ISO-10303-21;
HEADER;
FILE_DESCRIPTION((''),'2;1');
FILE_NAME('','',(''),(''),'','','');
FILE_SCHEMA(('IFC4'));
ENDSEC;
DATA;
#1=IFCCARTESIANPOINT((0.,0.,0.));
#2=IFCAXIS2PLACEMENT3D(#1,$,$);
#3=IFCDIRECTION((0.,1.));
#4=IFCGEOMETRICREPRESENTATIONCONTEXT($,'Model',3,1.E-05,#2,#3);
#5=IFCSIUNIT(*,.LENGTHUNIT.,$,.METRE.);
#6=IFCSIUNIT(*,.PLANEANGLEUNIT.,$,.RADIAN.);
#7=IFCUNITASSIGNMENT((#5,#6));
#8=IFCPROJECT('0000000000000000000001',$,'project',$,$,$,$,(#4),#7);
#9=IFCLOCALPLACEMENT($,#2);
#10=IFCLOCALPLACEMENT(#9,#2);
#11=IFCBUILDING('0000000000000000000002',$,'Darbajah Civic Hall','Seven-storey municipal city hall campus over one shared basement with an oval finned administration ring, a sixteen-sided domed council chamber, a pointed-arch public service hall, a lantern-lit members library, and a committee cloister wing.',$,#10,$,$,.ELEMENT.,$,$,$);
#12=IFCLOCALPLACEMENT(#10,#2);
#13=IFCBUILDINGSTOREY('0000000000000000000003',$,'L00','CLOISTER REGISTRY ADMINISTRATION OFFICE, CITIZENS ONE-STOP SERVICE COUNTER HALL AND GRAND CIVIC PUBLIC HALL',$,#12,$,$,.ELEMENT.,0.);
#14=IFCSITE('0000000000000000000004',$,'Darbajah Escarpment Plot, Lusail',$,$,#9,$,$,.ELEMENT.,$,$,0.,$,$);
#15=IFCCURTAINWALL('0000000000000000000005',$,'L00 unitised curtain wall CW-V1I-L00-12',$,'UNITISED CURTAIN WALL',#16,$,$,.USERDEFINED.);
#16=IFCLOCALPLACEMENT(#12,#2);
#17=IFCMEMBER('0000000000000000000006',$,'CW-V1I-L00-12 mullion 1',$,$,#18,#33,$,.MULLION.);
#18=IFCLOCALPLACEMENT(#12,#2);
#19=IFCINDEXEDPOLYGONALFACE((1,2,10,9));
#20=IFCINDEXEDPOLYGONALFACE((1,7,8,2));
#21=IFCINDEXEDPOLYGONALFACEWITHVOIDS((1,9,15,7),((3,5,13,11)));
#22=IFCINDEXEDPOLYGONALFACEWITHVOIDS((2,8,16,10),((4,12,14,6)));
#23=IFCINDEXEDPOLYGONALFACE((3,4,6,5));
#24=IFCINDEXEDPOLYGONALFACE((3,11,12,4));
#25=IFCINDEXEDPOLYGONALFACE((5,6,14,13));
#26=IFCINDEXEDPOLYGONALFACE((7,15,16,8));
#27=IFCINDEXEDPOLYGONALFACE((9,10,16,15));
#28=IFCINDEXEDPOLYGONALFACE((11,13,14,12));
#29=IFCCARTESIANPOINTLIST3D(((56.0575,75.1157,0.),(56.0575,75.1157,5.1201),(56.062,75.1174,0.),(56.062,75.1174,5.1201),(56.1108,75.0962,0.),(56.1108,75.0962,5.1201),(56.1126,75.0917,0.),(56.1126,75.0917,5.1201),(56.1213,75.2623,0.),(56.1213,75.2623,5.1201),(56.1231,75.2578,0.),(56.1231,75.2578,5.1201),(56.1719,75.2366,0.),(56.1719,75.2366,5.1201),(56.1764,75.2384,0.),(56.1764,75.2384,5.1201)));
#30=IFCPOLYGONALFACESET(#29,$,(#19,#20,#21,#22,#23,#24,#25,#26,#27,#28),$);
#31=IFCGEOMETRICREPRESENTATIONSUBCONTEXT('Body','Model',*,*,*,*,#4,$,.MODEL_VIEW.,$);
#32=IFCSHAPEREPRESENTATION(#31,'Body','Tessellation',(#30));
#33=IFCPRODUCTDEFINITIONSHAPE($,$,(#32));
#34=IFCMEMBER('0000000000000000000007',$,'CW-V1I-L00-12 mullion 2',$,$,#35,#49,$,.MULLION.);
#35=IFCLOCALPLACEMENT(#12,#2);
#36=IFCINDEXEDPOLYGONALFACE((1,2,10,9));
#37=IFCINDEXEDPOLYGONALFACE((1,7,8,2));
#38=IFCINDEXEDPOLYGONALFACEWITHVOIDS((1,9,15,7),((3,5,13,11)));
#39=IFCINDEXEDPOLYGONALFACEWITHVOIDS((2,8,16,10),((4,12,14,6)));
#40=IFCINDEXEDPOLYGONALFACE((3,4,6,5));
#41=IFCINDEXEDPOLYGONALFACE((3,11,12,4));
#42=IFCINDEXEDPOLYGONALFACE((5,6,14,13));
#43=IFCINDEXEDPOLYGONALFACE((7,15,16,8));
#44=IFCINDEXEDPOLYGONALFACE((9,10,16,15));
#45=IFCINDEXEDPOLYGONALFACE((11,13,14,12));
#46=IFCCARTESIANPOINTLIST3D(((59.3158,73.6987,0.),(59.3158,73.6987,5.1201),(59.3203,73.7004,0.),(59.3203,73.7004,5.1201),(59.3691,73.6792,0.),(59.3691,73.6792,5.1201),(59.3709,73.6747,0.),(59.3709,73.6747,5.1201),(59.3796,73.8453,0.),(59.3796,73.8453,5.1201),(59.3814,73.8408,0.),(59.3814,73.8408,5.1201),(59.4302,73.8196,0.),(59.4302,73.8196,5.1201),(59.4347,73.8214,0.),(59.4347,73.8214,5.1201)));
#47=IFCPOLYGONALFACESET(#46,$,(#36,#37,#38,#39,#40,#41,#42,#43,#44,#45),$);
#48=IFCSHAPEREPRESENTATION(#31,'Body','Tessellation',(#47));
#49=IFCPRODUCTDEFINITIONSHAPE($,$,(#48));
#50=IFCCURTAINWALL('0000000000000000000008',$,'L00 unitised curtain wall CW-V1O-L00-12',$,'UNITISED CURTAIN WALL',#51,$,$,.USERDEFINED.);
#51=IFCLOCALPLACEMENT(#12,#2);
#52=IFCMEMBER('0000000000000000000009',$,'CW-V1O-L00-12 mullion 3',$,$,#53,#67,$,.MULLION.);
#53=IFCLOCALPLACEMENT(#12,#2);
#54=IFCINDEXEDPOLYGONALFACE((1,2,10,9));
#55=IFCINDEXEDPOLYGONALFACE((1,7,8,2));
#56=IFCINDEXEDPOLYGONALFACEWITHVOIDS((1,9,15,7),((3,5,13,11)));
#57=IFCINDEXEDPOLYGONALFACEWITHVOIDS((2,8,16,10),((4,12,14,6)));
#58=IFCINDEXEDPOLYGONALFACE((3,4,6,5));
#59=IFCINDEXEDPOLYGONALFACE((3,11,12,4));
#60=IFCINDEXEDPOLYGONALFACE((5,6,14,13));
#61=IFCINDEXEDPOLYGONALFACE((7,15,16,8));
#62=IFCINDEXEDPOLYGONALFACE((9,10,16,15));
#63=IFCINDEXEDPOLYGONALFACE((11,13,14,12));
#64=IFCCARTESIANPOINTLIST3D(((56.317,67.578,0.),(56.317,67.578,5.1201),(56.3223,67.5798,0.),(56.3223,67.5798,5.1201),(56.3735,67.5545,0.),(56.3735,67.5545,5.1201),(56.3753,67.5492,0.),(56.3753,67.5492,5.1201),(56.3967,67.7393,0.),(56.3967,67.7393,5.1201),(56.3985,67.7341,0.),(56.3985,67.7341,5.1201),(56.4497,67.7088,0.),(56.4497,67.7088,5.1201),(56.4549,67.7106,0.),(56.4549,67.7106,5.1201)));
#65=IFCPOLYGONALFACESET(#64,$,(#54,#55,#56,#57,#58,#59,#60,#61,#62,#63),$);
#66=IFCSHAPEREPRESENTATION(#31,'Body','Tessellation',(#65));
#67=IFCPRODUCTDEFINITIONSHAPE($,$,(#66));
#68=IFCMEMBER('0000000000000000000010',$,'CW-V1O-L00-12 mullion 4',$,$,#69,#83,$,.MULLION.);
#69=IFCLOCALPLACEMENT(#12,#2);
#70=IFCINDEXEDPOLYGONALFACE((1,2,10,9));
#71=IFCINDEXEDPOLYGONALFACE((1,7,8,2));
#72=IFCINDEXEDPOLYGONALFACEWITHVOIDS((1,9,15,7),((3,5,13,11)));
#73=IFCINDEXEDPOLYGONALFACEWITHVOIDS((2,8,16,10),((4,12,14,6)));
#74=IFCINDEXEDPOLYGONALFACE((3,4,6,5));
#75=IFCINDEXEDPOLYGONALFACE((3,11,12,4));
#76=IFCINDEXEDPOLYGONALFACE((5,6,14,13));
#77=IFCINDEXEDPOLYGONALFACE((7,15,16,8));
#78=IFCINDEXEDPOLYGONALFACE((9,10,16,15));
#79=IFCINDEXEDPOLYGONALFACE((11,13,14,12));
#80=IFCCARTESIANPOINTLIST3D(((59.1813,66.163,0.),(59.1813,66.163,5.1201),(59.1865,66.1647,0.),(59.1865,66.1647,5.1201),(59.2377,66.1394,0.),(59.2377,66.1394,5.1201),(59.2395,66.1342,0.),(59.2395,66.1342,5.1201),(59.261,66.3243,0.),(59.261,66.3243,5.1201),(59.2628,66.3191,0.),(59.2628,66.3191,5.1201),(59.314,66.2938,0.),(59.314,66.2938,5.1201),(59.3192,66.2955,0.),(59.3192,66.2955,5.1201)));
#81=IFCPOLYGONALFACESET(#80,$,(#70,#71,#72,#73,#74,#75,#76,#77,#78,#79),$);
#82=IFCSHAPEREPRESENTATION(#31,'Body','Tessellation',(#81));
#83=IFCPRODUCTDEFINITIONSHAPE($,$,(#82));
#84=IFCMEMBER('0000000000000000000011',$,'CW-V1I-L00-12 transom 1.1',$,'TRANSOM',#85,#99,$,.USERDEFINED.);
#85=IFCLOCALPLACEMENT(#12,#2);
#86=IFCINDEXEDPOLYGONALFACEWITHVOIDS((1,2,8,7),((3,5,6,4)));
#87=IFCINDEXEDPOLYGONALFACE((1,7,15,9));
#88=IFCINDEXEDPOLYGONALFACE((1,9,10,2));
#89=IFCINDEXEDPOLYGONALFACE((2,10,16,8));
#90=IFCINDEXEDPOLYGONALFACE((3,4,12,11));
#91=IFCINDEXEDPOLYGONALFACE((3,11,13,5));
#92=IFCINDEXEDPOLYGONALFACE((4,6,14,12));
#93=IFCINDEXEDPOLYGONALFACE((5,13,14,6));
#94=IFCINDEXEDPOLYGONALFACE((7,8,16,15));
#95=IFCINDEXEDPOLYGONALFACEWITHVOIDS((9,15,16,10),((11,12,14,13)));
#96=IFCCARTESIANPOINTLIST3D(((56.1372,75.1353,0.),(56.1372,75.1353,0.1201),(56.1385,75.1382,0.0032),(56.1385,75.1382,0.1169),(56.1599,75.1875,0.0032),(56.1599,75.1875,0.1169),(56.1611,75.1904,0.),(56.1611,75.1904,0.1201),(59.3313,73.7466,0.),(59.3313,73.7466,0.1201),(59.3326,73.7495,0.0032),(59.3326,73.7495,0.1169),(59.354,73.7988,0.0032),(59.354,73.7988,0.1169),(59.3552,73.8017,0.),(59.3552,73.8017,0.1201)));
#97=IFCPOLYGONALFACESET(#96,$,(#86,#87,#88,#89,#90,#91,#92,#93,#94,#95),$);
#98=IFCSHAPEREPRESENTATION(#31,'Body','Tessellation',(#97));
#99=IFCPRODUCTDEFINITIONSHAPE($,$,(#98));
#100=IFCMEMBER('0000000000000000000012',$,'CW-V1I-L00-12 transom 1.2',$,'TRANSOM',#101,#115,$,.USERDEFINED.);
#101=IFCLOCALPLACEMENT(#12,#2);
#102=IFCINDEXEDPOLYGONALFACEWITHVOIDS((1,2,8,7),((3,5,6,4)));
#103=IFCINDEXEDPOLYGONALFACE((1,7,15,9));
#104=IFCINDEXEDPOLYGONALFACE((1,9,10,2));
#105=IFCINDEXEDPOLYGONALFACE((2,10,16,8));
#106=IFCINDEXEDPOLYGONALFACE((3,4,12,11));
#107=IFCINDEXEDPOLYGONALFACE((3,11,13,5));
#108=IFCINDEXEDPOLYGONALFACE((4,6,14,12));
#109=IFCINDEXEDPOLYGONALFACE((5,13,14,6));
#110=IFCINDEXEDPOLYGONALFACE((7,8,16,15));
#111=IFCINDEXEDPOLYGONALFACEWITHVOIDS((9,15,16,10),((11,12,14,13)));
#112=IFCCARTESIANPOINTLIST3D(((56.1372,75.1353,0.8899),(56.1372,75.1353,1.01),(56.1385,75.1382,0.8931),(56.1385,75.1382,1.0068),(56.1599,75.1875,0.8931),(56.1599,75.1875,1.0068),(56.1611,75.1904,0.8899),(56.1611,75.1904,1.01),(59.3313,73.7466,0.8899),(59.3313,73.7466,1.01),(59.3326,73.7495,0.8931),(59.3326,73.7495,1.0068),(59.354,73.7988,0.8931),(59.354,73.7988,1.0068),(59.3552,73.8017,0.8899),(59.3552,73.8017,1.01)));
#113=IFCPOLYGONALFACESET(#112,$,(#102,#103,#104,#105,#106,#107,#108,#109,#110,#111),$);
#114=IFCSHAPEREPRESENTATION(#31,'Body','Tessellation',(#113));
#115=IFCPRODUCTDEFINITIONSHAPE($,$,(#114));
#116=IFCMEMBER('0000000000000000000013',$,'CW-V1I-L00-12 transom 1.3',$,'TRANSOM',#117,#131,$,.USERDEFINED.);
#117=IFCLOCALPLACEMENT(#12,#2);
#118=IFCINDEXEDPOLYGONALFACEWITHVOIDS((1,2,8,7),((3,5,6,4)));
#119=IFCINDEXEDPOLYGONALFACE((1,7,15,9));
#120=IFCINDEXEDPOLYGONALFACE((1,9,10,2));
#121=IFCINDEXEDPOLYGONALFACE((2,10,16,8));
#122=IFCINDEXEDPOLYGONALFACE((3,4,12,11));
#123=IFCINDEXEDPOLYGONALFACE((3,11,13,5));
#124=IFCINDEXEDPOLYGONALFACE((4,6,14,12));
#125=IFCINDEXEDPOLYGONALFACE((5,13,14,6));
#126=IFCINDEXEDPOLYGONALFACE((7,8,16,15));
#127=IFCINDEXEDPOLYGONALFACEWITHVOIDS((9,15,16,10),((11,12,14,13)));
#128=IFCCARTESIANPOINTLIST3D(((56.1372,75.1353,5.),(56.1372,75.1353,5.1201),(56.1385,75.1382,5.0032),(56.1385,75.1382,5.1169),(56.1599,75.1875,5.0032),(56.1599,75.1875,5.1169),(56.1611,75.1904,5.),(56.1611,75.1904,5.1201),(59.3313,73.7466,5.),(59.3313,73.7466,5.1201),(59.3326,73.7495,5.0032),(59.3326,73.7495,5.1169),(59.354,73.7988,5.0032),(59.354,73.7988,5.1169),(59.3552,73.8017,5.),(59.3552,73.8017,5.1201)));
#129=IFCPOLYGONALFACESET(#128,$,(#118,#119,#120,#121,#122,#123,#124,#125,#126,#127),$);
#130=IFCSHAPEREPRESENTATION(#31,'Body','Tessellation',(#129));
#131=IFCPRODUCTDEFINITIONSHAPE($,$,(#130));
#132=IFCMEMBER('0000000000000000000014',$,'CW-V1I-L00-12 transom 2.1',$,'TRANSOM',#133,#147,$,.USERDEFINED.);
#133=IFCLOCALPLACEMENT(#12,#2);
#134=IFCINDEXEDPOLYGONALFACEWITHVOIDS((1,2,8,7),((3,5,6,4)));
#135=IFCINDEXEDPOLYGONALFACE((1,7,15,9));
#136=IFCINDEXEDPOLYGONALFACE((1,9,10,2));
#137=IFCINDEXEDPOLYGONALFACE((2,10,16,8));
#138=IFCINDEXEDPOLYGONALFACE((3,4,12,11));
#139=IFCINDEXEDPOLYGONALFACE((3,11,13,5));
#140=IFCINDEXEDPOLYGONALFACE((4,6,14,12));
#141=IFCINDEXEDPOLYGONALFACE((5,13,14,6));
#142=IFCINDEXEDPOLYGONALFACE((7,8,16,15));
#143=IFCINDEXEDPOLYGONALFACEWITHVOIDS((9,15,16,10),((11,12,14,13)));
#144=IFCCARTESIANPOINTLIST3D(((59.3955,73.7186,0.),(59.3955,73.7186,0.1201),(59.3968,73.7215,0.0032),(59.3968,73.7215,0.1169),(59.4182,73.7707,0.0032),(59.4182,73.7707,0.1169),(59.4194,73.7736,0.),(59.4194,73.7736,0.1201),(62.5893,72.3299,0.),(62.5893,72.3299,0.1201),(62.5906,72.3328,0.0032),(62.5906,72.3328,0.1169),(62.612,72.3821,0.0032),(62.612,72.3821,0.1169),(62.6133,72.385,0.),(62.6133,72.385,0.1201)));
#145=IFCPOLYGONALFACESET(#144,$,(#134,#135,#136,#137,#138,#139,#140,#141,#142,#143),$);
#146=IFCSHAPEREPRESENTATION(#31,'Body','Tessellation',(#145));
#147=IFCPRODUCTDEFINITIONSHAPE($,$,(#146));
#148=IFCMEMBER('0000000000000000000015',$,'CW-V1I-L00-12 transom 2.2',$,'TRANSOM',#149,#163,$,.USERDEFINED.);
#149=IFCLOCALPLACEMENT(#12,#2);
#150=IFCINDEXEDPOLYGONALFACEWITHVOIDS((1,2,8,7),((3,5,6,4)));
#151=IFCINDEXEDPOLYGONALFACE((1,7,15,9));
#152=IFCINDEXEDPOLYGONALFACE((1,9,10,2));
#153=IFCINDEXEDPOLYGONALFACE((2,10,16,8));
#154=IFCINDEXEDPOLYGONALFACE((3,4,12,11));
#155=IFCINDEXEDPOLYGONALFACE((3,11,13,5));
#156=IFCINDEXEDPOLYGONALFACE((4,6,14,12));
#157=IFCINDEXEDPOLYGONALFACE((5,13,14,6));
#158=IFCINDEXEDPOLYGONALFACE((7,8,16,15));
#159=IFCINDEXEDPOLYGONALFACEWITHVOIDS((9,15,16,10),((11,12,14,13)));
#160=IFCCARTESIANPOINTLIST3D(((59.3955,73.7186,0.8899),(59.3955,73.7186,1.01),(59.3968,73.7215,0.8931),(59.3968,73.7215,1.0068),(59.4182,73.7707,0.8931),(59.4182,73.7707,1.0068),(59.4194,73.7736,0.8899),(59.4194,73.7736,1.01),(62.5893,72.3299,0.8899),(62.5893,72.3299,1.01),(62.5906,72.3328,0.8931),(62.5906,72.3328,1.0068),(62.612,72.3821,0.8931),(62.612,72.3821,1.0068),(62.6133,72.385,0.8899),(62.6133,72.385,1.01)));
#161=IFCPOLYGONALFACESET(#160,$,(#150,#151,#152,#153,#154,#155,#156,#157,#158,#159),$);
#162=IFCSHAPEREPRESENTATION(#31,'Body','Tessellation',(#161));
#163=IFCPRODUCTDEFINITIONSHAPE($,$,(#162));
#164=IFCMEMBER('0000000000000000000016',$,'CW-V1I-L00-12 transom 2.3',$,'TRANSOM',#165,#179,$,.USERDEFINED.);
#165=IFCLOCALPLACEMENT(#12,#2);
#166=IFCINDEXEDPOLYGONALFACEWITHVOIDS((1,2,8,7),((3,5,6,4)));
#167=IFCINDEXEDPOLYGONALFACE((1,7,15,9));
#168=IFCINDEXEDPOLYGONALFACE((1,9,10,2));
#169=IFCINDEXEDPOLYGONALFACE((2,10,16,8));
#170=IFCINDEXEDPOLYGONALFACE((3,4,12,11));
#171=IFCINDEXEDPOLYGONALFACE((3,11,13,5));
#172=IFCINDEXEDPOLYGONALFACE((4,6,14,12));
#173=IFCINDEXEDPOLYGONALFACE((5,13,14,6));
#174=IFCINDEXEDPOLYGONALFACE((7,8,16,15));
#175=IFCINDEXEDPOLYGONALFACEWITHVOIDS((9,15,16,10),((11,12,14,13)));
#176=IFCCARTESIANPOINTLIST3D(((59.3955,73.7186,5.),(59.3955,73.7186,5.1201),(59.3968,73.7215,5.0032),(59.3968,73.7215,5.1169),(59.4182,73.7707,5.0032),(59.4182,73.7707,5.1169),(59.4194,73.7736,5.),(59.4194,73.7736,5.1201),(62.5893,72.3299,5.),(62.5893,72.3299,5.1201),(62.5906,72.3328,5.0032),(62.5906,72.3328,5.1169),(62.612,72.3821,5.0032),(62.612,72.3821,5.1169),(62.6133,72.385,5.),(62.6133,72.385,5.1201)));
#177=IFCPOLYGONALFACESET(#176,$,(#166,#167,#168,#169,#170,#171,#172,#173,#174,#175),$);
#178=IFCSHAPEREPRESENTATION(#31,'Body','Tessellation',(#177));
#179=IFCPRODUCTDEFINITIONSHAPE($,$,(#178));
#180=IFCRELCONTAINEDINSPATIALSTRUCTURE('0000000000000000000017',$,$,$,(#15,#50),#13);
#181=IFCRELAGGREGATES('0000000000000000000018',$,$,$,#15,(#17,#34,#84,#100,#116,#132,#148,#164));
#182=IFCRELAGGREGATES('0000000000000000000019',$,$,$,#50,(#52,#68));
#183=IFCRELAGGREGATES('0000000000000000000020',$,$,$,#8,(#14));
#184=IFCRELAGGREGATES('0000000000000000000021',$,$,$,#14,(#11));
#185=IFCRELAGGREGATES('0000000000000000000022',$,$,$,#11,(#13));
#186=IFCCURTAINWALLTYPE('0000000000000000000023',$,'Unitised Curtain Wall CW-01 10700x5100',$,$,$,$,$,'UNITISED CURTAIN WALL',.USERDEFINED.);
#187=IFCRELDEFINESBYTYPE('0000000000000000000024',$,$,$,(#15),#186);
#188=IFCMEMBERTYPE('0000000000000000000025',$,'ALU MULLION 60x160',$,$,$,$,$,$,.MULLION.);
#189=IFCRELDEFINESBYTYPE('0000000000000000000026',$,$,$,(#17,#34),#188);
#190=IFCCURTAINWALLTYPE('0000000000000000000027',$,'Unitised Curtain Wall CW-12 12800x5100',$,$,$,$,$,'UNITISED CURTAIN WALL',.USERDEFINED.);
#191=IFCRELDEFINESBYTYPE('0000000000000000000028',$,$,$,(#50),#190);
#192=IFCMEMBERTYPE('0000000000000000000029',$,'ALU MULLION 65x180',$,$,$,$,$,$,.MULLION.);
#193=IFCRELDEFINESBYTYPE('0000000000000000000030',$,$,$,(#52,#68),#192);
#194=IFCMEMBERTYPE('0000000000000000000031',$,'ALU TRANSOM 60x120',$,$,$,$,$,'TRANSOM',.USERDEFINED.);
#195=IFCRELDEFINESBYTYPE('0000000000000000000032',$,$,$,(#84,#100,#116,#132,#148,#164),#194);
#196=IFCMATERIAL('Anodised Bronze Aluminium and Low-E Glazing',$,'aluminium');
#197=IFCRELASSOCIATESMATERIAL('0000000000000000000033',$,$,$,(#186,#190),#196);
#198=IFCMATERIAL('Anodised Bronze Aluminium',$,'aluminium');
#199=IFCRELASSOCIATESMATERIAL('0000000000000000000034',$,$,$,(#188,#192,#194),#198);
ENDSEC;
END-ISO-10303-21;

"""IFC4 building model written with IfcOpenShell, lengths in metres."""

from ifc_helpers import new_model, si_unit, direction, frame, origin, origin_2d, place, context, subcontext, project, spatial, hollow_rectangle, extrude, material, material_profile, profile_set, type_object, element, aggregate, save


model = new_model("IFC4")

# Units and contexts
model_context = context("Model", 3, precision=1e-05, world=origin(), true_north=direction((0.0, 1.0)))
body_context = subcontext(model_context, "Body", "Model", "MODEL_VIEW")
ifc_project = project(units=[si_unit("LENGTHUNIT", "METRE"), si_unit("PLANEANGLEUNIT", "RADIAN")], contexts=[model_context])

# Site, building, storey
site_placement = place(None, origin())
site = spatial("IfcSite", under=ifc_project, at=site_placement, Name="Darbajah Escarpment Plot, Lusail", CompositionType="ELEMENT", RefElevation=0.0)
building_placement = place(site_placement, origin())
building = spatial("IfcBuilding", under=site, at=building_placement, Name="Darbajah Civic Hall", Description="Seven-storey municipal city hall campus over one shared basement with an oval finned administration ring, a sixteen-sided domed council chamber, a pointed-arch public service hall, a lantern-lit members library, and a committee cloister wing.", CompositionType="ELEMENT")
storey_placement = place(building_placement, origin())
storey = spatial("IfcBuildingStorey", under=building, at=storey_placement, Name="L00", Description="CLOISTER REGISTRY ADMINISTRATION OFFICE, CITIZENS ONE-STOP SERVICE COUNTER HALL AND GRAND CIVIC PUBLIC HALL", CompositionType="ELEMENT", Elevation=0.0)

# Curtain walls, members
ifc_material_1 = material(Name="Anodised Bronze Aluminium and Low-E Glazing", Category="aluminium")
curtain_wall_type_1 = type_object("IfcCurtainWallType", Name="Unitised Curtain Wall CW-01 10700x5100", ElementType="UNITISED CURTAIN WALL", PredefinedType="USERDEFINED", material=ifc_material_1)
curtain_wall_1_placement = place(storey_placement, origin())
curtain_wall_1 = element("IfcCurtainWall", 1, at=curtain_wall_1_placement, inside=storey, type_object=curtain_wall_type_1, Name="L00 unitised curtain wall CW-V1I-L00-12", ObjectType="UNITISED CURTAIN WALL", PredefinedType="USERDEFINED")
ifc_material_2 = material(Name="Anodised Bronze Aluminium", Category="aluminium")
ifc_material_profile_1 = material_profile(ifc_material_2, hollow_rectangle(XDim=0.0601, YDim=0.1599, WallThickness=0.0034, at=origin_2d()), Name="ALU MULLION 60x160")
ifc_profile_set_1 = profile_set([ifc_material_profile_1], Name="Anodised Bronze Aluminium")
member_type_1 = type_object("IfcMemberType", Name="ALU MULLION 60x160", PredefinedType="MULLION", material=ifc_profile_set_1)
member_1_placement = place(storey_placement, frame((56.1169, 75.177, 0.0), z_axis=(0.0, 0.0, 1.0), x_axis=(0.91706, -0.398749, 0.0)))
member_1 = element("IfcMember", 2, at=member_1_placement, type_object=member_type_1, Name="CW-V1I-L00-12 mullion 1", PredefinedType="MULLION", context=body_context, shape_type="SweptSolid", body=[
    extrude(hollow_rectangle(XDim=0.0601, YDim=0.1599, WallThickness=0.0034, at=origin_2d()), origin(), (0.0, 0.0, 1.0), 5.1201),
])
member_2_placement = place(storey_placement, frame((59.3752, 73.76, 0.0), z_axis=(0.0, 0.0, 1.0), x_axis=(0.91706, -0.398749, 0.0)))
member_2 = element("IfcMember", 3, at=member_2_placement, type_object=member_type_1, Name="CW-V1I-L00-12 mullion 2", PredefinedType="MULLION", context=body_context, shape_type="SweptSolid", body=[
    extrude(hollow_rectangle(XDim=0.0601, YDim=0.1599, WallThickness=0.0034, at=origin_2d()), origin(), (0.0, 0.0, 1.0), 5.1201),
])
curtain_wall_type_2 = type_object("IfcCurtainWallType", Name="Unitised Curtain Wall CW-12 12800x5100", ElementType="UNITISED CURTAIN WALL", PredefinedType="USERDEFINED", material=ifc_material_1)
curtain_wall_2_placement = place(storey_placement, origin())
curtain_wall_2 = element("IfcCurtainWall", 4, at=curtain_wall_2_placement, inside=storey, type_object=curtain_wall_type_2, Name="L00 unitised curtain wall CW-V1O-L00-12", ObjectType="UNITISED CURTAIN WALL", PredefinedType="USERDEFINED")
ifc_material_profile_2 = material_profile(ifc_material_2, hollow_rectangle(XDim=0.0649, YDim=0.1799, WallThickness=0.0039, at=origin_2d()), Name="ALU MULLION 65x180")
ifc_profile_set_2 = profile_set([ifc_material_profile_2], Name="Anodised Bronze Aluminium")
member_type_2 = type_object("IfcMemberType", Name="ALU MULLION 65x180", PredefinedType="MULLION", material=ifc_profile_set_2)
member_3_placement = place(storey_placement, frame((56.386, 67.6443, 0.0), z_axis=(0.0, 0.0, 1.0), x_axis=(0.896564, -0.442915, 0.0)))
member_3 = element("IfcMember", 5, at=member_3_placement, type_object=member_type_2, Name="CW-V1O-L00-12 mullion 3", PredefinedType="MULLION", context=body_context, shape_type="SweptSolid", body=[
    extrude(hollow_rectangle(XDim=0.0649, YDim=0.1799, WallThickness=0.0039, at=origin_2d()), origin(), (0.0, 0.0, 1.0), 5.1201),
])
member_4_placement = place(storey_placement, frame((59.2502, 66.2292, 0.0), z_axis=(0.0, 0.0, 1.0), x_axis=(0.896564, -0.442915, 0.0)))
member_4 = element("IfcMember", 6, at=member_4_placement, type_object=member_type_2, Name="CW-V1O-L00-12 mullion 4", PredefinedType="MULLION", context=body_context, shape_type="SweptSolid", body=[
    extrude(hollow_rectangle(XDim=0.0649, YDim=0.1799, WallThickness=0.0039, at=origin_2d()), origin(), (0.0, 0.0, 1.0), 5.1201),
])

# Members
ifc_material_profile_3 = material_profile(ifc_material_2, hollow_rectangle(XDim=0.0601, YDim=0.1201, WallThickness=0.0032, at=origin_2d()), Name="ALU TRANSOM 60x120")
ifc_profile_set_3 = profile_set([ifc_material_profile_3], Name="Anodised Bronze Aluminium")
member_type_3 = type_object("IfcMemberType", Name="ALU TRANSOM 60x120", ElementType="TRANSOM", PredefinedType="USERDEFINED", material=ifc_profile_set_3)
member_5_placement = place(storey_placement, frame((56.1492, 75.1628, 0.0601), z_axis=(0.917077, -0.398711, 0.0), x_axis=(0.398711, 0.917077, 0.0)))
member_5 = element("IfcMember", 7, at=member_5_placement, type_object=member_type_3, Name="CW-V1I-L00-12 transom 1.1", ObjectType="TRANSOM", PredefinedType="USERDEFINED", context=body_context, shape_type="SweptSolid", body=[
    extrude(hollow_rectangle(XDim=0.0601, YDim=0.1201, WallThickness=0.0032, at=origin_2d()), origin(), (0.0, 0.0, 1.0), 3.4829),
])
member_6_placement = place(storey_placement, frame((56.1492, 75.1628, 0.95), z_axis=(0.917077, -0.398711, 0.0), x_axis=(0.398711, 0.917077, 0.0)))
member_6 = element("IfcMember", 8, at=member_6_placement, type_object=member_type_3, Name="CW-V1I-L00-12 transom 1.2", ObjectType="TRANSOM", PredefinedType="USERDEFINED", context=body_context, shape_type="SweptSolid", body=[
    extrude(hollow_rectangle(XDim=0.0601, YDim=0.1201, WallThickness=0.0032, at=origin_2d()), origin(), (0.0, 0.0, 1.0), 3.4829),
])
member_7_placement = place(storey_placement, frame((56.1492, 75.1628, 5.0601), z_axis=(0.917077, -0.398711, 0.0), x_axis=(0.398711, 0.917077, 0.0)))
member_7 = element("IfcMember", 9, at=member_7_placement, type_object=member_type_3, Name="CW-V1I-L00-12 transom 1.3", ObjectType="TRANSOM", PredefinedType="USERDEFINED", context=body_context, shape_type="SweptSolid", body=[
    extrude(hollow_rectangle(XDim=0.0601, YDim=0.1201, WallThickness=0.0032, at=origin_2d()), origin(), (0.0, 0.0, 1.0), 3.4829),
])
member_8_placement = place(storey_placement, frame((59.4075, 73.7461, 0.0601), z_axis=(0.917066, -0.398736, 0.0), x_axis=(0.398736, 0.917066, 0.0)))
member_8 = element("IfcMember", 10, at=member_8_placement, type_object=member_type_3, Name="CW-V1I-L00-12 transom 2.1", ObjectType="TRANSOM", PredefinedType="USERDEFINED", context=body_context, shape_type="SweptSolid", body=[
    extrude(hollow_rectangle(XDim=0.0601, YDim=0.1201, WallThickness=0.0032, at=origin_2d()), origin(), (0.0, 0.0, 1.0), 3.4827),
])
member_9_placement = place(storey_placement, frame((59.4075, 73.7461, 0.95), z_axis=(0.917066, -0.398736, 0.0), x_axis=(0.398736, 0.917066, 0.0)))
member_9 = element("IfcMember", 11, at=member_9_placement, type_object=member_type_3, Name="CW-V1I-L00-12 transom 2.2", ObjectType="TRANSOM", PredefinedType="USERDEFINED", context=body_context, shape_type="SweptSolid", body=[
    extrude(hollow_rectangle(XDim=0.0601, YDim=0.1201, WallThickness=0.0032, at=origin_2d()), origin(), (0.0, 0.0, 1.0), 3.4827),
])
member_10_placement = place(storey_placement, frame((59.4075, 73.7461, 5.0601), z_axis=(0.917066, -0.398736, 0.0), x_axis=(0.398736, 0.917066, 0.0)))
member_10 = element("IfcMember", 12, at=member_10_placement, type_object=member_type_3, Name="CW-V1I-L00-12 transom 2.3", ObjectType="TRANSOM", PredefinedType="USERDEFINED", context=body_context, shape_type="SweptSolid", body=[
    extrude(hollow_rectangle(XDim=0.0601, YDim=0.1201, WallThickness=0.0032, at=origin_2d()), origin(), (0.0, 0.0, 1.0), 3.4827),
])

aggregate(curtain_wall_1, [member_1, member_2, member_5, member_6, member_7, member_8, member_9, member_10])
aggregate(curtain_wall_2, [member_3, member_4])

save(model, "model.ifc")
